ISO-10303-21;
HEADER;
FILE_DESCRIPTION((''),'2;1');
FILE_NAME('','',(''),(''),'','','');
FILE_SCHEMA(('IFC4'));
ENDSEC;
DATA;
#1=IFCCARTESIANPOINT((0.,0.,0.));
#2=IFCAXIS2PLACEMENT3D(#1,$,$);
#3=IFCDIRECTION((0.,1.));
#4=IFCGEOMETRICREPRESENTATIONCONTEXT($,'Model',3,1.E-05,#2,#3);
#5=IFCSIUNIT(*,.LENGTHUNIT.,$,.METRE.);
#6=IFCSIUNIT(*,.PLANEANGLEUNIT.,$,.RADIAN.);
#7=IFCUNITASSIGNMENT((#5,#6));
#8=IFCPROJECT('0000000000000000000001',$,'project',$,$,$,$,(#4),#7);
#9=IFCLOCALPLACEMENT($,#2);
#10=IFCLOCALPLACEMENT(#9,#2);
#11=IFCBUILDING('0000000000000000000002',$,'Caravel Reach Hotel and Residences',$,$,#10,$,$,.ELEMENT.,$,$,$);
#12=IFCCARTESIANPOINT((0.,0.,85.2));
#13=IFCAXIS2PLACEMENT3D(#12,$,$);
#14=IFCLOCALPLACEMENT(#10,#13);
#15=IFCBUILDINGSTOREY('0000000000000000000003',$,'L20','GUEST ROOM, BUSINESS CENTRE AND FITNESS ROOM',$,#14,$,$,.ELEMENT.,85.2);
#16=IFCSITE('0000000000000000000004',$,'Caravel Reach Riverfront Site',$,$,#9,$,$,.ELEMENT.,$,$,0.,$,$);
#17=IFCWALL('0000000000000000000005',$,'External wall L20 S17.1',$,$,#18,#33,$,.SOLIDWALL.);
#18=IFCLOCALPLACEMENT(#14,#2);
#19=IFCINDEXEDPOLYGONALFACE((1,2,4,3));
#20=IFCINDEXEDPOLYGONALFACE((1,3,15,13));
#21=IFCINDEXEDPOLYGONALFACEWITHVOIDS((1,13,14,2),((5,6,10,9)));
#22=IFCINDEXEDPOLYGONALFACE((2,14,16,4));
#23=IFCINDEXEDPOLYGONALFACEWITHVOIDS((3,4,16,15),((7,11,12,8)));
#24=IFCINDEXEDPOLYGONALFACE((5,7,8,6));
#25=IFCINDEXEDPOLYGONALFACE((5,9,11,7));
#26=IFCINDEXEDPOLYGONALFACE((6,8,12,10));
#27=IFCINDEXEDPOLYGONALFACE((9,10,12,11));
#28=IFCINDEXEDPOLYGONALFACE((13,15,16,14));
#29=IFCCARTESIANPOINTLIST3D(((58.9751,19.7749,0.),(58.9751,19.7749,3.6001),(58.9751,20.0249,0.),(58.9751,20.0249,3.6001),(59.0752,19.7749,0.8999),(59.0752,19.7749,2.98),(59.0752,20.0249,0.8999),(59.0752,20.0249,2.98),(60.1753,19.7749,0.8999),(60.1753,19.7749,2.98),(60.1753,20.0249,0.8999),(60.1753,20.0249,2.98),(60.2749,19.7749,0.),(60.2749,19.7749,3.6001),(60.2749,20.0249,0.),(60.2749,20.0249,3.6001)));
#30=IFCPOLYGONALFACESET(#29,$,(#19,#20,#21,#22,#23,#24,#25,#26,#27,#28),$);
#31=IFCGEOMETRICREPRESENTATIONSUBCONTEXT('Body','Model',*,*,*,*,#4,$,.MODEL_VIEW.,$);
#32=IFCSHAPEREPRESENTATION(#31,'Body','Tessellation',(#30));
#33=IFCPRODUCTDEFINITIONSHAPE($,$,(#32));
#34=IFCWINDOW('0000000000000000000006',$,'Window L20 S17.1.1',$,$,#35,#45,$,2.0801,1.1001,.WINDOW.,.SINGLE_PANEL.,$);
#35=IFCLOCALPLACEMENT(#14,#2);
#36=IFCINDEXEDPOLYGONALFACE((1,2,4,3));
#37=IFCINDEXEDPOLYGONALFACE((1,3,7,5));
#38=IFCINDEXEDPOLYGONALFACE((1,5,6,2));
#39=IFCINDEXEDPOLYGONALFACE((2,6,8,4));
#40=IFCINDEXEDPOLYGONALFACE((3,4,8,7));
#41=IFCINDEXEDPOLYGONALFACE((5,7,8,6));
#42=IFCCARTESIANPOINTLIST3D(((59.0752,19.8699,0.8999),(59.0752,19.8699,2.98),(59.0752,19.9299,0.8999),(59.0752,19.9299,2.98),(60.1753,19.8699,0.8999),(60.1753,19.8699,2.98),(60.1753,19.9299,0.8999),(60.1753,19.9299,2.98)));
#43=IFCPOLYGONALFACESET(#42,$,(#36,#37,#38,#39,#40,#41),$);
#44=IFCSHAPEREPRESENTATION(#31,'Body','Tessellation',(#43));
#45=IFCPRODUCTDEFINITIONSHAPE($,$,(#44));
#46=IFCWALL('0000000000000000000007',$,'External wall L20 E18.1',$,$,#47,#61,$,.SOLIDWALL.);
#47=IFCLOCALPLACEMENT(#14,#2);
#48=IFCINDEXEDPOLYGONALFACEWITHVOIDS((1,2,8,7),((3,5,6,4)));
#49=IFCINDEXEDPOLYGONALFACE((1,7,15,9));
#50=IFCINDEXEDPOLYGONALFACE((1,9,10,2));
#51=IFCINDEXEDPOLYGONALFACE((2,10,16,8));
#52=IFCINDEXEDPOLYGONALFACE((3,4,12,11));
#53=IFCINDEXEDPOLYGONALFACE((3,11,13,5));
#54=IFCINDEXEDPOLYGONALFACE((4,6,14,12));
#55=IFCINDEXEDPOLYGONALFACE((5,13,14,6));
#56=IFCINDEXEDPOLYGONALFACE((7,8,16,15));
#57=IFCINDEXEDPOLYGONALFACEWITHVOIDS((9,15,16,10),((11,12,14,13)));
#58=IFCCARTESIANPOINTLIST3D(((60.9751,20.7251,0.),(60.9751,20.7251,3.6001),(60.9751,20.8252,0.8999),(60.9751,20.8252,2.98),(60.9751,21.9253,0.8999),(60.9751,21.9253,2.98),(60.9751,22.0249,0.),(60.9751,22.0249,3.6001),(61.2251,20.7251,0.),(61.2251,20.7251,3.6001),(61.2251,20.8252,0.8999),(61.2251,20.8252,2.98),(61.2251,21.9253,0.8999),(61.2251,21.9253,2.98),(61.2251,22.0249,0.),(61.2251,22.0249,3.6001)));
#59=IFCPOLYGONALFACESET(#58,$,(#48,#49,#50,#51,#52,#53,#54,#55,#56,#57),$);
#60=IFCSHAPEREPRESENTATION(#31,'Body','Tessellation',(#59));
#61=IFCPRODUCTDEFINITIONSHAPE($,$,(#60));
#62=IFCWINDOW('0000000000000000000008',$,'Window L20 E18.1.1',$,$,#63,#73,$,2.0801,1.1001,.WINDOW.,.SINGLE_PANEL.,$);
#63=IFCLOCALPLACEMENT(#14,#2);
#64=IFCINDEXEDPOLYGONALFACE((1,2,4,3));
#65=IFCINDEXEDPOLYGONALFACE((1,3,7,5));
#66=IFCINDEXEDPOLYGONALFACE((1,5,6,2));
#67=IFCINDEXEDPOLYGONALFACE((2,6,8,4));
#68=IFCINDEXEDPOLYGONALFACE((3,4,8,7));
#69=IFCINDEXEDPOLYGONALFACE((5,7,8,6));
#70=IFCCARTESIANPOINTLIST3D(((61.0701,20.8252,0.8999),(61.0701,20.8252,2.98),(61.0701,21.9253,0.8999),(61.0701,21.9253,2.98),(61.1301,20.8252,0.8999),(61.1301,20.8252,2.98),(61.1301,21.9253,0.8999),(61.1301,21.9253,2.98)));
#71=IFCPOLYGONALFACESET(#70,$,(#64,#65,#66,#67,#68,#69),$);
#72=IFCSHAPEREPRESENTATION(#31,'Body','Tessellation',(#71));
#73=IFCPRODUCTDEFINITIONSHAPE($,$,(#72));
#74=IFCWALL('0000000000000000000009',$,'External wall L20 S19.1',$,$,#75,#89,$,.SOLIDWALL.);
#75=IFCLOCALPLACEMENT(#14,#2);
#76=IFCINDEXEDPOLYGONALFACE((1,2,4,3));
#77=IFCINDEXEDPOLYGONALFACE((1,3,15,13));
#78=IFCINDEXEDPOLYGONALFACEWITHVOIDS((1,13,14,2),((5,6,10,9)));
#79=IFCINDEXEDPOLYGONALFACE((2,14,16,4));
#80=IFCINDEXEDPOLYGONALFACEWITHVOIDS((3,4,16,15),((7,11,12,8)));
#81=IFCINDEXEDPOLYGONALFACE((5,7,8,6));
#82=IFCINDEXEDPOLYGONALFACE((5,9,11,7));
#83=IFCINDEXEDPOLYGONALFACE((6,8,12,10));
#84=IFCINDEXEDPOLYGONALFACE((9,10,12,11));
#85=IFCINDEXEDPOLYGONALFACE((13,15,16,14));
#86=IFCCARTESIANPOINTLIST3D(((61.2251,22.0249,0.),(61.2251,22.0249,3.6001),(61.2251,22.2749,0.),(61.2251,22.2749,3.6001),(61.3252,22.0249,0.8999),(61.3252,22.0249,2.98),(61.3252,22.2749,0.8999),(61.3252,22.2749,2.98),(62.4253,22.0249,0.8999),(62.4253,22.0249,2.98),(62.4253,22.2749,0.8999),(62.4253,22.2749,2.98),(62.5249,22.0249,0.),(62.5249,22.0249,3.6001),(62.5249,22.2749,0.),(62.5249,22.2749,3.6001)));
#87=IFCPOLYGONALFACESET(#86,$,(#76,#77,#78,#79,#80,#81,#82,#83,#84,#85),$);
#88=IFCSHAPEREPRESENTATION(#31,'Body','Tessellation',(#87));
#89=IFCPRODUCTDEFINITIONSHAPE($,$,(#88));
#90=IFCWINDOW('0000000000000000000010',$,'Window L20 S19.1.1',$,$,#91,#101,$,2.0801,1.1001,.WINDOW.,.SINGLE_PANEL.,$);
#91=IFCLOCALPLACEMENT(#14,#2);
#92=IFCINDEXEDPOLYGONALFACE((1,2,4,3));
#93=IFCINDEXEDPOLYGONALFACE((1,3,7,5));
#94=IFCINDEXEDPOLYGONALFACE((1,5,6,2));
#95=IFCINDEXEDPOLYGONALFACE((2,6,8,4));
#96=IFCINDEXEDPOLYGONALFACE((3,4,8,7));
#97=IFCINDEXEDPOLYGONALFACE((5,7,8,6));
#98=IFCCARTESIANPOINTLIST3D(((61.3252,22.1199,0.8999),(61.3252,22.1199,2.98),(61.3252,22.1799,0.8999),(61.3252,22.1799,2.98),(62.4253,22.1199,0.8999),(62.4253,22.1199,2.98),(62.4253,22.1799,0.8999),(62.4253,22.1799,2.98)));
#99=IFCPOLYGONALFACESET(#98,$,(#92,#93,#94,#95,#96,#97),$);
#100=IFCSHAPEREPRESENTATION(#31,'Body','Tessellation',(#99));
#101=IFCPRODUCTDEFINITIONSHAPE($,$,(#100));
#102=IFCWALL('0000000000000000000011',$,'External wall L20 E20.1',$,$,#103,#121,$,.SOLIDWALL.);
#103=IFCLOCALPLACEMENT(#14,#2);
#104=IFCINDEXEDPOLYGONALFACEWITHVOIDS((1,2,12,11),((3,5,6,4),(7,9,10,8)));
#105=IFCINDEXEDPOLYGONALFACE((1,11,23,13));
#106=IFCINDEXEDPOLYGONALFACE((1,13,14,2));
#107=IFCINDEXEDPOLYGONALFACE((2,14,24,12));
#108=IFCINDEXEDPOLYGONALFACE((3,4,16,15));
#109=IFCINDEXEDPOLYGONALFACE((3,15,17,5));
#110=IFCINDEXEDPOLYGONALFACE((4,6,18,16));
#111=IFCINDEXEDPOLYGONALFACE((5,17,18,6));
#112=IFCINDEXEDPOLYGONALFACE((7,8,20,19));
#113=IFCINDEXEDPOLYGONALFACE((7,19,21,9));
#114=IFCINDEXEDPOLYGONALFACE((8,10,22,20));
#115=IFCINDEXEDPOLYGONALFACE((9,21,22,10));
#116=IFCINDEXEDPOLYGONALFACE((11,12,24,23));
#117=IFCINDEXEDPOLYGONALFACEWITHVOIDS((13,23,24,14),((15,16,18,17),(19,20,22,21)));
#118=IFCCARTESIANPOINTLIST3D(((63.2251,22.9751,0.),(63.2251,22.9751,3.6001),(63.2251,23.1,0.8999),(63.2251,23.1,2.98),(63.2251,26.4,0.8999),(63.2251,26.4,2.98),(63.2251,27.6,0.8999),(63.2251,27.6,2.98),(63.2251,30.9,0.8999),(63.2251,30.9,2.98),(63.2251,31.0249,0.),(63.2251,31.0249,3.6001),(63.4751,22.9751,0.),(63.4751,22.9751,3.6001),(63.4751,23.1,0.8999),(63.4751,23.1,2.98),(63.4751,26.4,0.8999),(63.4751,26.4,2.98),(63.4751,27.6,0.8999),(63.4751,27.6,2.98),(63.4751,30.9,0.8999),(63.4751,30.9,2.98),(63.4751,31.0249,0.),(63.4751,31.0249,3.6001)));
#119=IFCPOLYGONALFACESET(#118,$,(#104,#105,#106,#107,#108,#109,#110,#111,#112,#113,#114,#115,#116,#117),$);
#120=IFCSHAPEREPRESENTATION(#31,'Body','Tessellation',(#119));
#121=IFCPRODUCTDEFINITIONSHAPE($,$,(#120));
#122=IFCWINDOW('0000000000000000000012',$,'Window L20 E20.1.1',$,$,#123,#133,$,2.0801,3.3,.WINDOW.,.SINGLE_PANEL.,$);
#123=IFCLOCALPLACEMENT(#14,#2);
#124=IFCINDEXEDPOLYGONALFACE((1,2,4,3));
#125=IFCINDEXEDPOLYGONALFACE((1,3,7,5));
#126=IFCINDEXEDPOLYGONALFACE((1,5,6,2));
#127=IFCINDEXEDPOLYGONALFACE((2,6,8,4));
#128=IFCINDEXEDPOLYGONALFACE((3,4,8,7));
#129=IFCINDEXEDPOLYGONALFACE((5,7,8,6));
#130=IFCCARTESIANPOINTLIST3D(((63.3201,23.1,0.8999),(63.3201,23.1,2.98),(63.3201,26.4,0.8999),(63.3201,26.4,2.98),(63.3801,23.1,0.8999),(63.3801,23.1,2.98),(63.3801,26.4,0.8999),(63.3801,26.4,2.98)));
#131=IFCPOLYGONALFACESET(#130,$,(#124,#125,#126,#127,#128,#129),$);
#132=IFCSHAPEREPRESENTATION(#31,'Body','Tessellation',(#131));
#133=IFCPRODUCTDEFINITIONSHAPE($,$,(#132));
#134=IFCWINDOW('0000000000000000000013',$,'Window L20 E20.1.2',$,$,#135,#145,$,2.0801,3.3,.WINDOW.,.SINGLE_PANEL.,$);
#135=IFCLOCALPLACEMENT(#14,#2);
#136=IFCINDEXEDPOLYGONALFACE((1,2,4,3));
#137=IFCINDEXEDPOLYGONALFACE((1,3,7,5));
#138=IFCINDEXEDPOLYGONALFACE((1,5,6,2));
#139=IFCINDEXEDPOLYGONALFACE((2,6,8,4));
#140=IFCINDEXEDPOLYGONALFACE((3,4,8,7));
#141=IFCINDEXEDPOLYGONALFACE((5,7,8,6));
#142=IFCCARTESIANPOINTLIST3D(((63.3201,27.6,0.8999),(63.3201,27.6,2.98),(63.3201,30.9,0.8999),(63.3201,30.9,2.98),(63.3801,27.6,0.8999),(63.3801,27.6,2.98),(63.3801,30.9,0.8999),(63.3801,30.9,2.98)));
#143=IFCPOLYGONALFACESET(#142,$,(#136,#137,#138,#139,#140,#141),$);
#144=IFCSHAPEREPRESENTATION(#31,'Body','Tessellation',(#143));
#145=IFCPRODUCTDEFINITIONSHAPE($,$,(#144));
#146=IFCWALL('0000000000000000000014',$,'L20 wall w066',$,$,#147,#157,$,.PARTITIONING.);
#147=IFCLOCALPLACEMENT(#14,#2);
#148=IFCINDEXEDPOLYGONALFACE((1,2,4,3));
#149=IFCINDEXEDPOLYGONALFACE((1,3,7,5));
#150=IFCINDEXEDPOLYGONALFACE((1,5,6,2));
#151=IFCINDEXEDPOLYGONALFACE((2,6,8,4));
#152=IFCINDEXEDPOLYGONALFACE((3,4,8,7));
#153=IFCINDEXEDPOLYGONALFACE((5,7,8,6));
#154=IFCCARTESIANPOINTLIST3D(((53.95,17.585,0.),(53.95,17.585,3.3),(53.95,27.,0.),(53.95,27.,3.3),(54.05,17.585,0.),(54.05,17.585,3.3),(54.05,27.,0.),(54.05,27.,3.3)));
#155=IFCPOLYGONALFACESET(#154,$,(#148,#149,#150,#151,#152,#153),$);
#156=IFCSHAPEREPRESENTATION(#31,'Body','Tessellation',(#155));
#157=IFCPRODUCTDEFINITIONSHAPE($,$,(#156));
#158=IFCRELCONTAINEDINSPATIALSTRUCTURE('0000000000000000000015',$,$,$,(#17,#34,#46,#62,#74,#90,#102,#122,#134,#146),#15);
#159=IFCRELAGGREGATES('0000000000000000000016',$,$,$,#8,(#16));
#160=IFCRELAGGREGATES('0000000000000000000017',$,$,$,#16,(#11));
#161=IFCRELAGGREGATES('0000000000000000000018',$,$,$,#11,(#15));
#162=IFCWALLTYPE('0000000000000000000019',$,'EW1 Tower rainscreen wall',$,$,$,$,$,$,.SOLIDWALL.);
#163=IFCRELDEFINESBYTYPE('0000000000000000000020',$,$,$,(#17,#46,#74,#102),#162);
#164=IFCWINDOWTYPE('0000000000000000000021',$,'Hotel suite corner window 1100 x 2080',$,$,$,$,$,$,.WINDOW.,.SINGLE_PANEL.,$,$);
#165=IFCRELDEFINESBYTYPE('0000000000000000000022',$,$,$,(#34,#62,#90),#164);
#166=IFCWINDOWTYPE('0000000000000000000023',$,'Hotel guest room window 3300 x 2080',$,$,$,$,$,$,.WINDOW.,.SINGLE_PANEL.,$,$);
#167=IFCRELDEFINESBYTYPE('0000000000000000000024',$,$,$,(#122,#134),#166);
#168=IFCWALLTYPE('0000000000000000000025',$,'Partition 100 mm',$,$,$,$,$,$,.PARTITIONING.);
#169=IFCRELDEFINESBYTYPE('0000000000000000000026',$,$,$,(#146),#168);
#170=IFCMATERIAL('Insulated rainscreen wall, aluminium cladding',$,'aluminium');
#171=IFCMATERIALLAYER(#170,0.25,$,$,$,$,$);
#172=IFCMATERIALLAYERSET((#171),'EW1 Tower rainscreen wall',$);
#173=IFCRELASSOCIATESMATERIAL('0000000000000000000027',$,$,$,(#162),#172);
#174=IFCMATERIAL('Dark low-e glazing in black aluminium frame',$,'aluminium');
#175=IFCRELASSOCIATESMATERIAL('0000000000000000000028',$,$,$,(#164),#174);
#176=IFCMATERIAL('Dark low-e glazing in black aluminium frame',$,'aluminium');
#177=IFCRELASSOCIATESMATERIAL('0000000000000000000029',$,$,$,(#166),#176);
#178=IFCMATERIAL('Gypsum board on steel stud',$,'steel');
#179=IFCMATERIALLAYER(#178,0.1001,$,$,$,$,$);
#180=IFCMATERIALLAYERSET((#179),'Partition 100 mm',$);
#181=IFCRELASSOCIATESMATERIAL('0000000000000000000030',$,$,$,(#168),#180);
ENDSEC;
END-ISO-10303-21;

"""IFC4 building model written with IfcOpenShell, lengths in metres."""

from ifc_helpers import new_model, si_unit, direction, frame, frame_2d, origin, place, context, subcontext, project, spatial, rectangle, extrude, material, layer, layer_set, type_object, element, fill, save


model = new_model("IFC4")

# Units and contexts
model_context = context("Model", 3, precision=1e-05, world=origin(), true_north=direction((0.0, 1.0)))
body_context = subcontext(model_context, "Body", "Model", "MODEL_VIEW")
ifc_project = project(units=[si_unit("LENGTHUNIT", "METRE"), si_unit("PLANEANGLEUNIT", "RADIAN")], contexts=[model_context])

# Site, building, storey
site_placement = place(None, origin())
site = spatial("IfcSite", under=ifc_project, at=site_placement, Name="Caravel Reach Riverfront Site", CompositionType="ELEMENT", RefElevation=0.0)
building_placement = place(site_placement, origin())
building = spatial("IfcBuilding", under=site, at=building_placement, Name="Caravel Reach Hotel and Residences", CompositionType="ELEMENT")
storey_placement = place(building_placement, frame((0.0, 0.0, 85.2)))
storey = spatial("IfcBuildingStorey", under=building, at=storey_placement, Name="L20", Description="GUEST ROOM, BUSINESS CENTRE AND FITNESS ROOM", CompositionType="ELEMENT", Elevation=85.2)

# Walls, openings, windows
ifc_material_1 = material(Name="Insulated rainscreen wall, aluminium cladding", Category="aluminium")
ifc_layer_1 = layer(ifc_material_1, 0.25)
ifc_layer_set_1 = layer_set([ifc_layer_1], Name="EW1 Tower rainscreen wall")
wall_type_1 = type_object("IfcWallType", Name="EW1 Tower rainscreen wall", PredefinedType="SOLIDWALL", material=ifc_layer_set_1)
ifc_material_2 = material(Name="Dark low-e glazing in black aluminium frame", Category="aluminium")
window_type_1 = type_object("IfcWindowType", Name="Hotel suite corner window 1100 x 2080", PartitioningType="SINGLE_PANEL", PredefinedType="WINDOW", material=ifc_material_2)
wall_1_placement = place(storey_placement, frame((58.9751, 19.8999, 0.0), z_axis=(0.0, 0.0, 1.0), x_axis=(1.0, 0.0, 0.0)))
wall_1 = element("IfcWall", 1, at=wall_1_placement, inside=storey, type_object=wall_type_1, Name="External wall L20 S17.1", PredefinedType="SOLIDWALL", context=body_context, shape_type="SweptSolid", body=[
    extrude(rectangle(XDim=1.2998, YDim=0.25, at=frame_2d((0.6499, 0.0))), origin(), (0.0, 0.0, 1.0), 3.6001),
])
opening_1_placement = place(wall_1_placement, frame((0.1001, 0.0, 0.8999)))
opening_1 = element("IfcOpeningElement", 2, at=opening_1_placement, cuts=wall_1, PredefinedType="OPENING", context=body_context, shape_type="SweptSolid", body=[
    extrude(rectangle(XDim=1.1001, YDim=2.0801, at=frame_2d((0.55, 1.04))), frame((0.0, 0.135, 0.0), z_axis=(0.0, -1.0, 0.0), x_axis=(1.0, 0.0, 0.0)), (0.0, 0.0, 1.0), 0.27),
])
window_1_placement = place(opening_1_placement, origin())
window_1 = element("IfcWindow", 3, at=window_1_placement, inside=storey, type_object=window_type_1, Name="Window L20 S17.1.1", OverallHeight=2.0801, OverallWidth=1.1001, PartitioningType="SINGLE_PANEL", PredefinedType="WINDOW", context=body_context, shape_type="SweptSolid", body=[
    extrude(rectangle(XDim=1.1001, YDim=2.0801, at=frame_2d((0.55, 1.04))), frame((0.0, 0.03, 0.0), z_axis=(0.0, -1.0, 0.0), x_axis=(1.0, 0.0, 0.0)), (0.0, 0.0, 1.0), 0.0601),
])
fill(opening_1, window_1)
wall_2_placement = place(storey_placement, frame((61.1001, 20.7251, 0.0), z_axis=(0.0, 0.0, 1.0), x_axis=(0.0, 1.0, 0.0)))
wall_2 = element("IfcWall", 4, at=wall_2_placement, inside=storey, type_object=wall_type_1, Name="External wall L20 E18.1", PredefinedType="SOLIDWALL", context=body_context, shape_type="SweptSolid", body=[
    extrude(rectangle(XDim=1.2998, YDim=0.25, at=frame_2d((0.6499, 0.0))), origin(), (0.0, 0.0, 1.0), 3.6001),
])
opening_2_placement = place(wall_2_placement, frame((0.1001, 0.0, 0.8999)))
opening_2 = element("IfcOpeningElement", 5, at=opening_2_placement, cuts=wall_2, PredefinedType="OPENING", context=body_context, shape_type="SweptSolid", body=[
    extrude(rectangle(XDim=1.1001, YDim=2.0801, at=frame_2d((0.55, 1.04))), frame((0.0, 0.135, 0.0), z_axis=(0.0, -1.0, 0.0), x_axis=(1.0, 0.0, 0.0)), (0.0, 0.0, 1.0), 0.27),
])
window_2_placement = place(opening_2_placement, origin())
window_2 = element("IfcWindow", 6, at=window_2_placement, inside=storey, type_object=window_type_1, Name="Window L20 E18.1.1", OverallHeight=2.0801, OverallWidth=1.1001, PartitioningType="SINGLE_PANEL", PredefinedType="WINDOW", context=body_context, shape_type="SweptSolid", body=[
    extrude(rectangle(XDim=1.1001, YDim=2.0801, at=frame_2d((0.55, 1.04))), frame((0.0, 0.03, 0.0), z_axis=(0.0, -1.0, 0.0), x_axis=(1.0, 0.0, 0.0)), (0.0, 0.0, 1.0), 0.0601),
])
fill(opening_2, window_2)
wall_3_placement = place(storey_placement, frame((61.2251, 22.1499, 0.0), z_axis=(0.0, 0.0, 1.0), x_axis=(1.0, 0.0, 0.0)))
wall_3 = element("IfcWall", 7, at=wall_3_placement, inside=storey, type_object=wall_type_1, Name="External wall L20 S19.1", PredefinedType="SOLIDWALL", context=body_context, shape_type="SweptSolid", body=[
    extrude(rectangle(XDim=1.2998, YDim=0.25, at=frame_2d((0.6499, 0.0))), origin(), (0.0, 0.0, 1.0), 3.6001),
])
opening_3_placement = place(wall_3_placement, frame((0.1001, 0.0, 0.8999)))
opening_3 = element("IfcOpeningElement", 8, at=opening_3_placement, cuts=wall_3, PredefinedType="OPENING", context=body_context, shape_type="SweptSolid", body=[
    extrude(rectangle(XDim=1.1001, YDim=2.0801, at=frame_2d((0.55, 1.04))), frame((0.0, 0.135, 0.0), z_axis=(0.0, -1.0, 0.0), x_axis=(1.0, 0.0, 0.0)), (0.0, 0.0, 1.0), 0.27),
])
window_3_placement = place(opening_3_placement, origin())
window_3 = element("IfcWindow", 9, at=window_3_placement, inside=storey, type_object=window_type_1, Name="Window L20 S19.1.1", OverallHeight=2.0801, OverallWidth=1.1001, PartitioningType="SINGLE_PANEL", PredefinedType="WINDOW", context=body_context, shape_type="SweptSolid", body=[
    extrude(rectangle(XDim=1.1001, YDim=2.0801, at=frame_2d((0.55, 1.04))), frame((0.0, 0.03, 0.0), z_axis=(0.0, -1.0, 0.0), x_axis=(1.0, 0.0, 0.0)), (0.0, 0.0, 1.0), 0.0601),
])
fill(opening_3, window_3)

# Wall, openings, windows
wall_4_placement = place(storey_placement, frame((63.3501, 22.9751, 0.0), z_axis=(0.0, 0.0, 1.0), x_axis=(0.0, 1.0, 0.0)))
wall_4 = element("IfcWall", 10, at=wall_4_placement, inside=storey, type_object=wall_type_1, Name="External wall L20 E20.1", PredefinedType="SOLIDWALL", context=body_context, shape_type="SweptSolid", body=[
    extrude(rectangle(XDim=8.0498, YDim=0.25, at=frame_2d((4.0249, 0.0))), origin(), (0.0, 0.0, 1.0), 3.6001),
])
opening_4_placement = place(wall_4_placement, frame((0.125, 0.0, 0.8999)))
opening_4 = element("IfcOpeningElement", 11, at=opening_4_placement, cuts=wall_4, PredefinedType="OPENING", context=body_context, shape_type="SweptSolid", body=[
    extrude(rectangle(XDim=3.3, YDim=2.0801, at=frame_2d((1.6499, 1.04))), frame((0.0, 0.135, 0.0), z_axis=(0.0, -1.0, 0.0), x_axis=(1.0, 0.0, 0.0)), (0.0, 0.0, 1.0), 0.27),
])
opening_5_placement = place(wall_4_placement, frame((4.625, 0.0, 0.8999)))
opening_5 = element("IfcOpeningElement", 12, at=opening_5_placement, cuts=wall_4, PredefinedType="OPENING", context=body_context, shape_type="SweptSolid", body=[
    extrude(rectangle(XDim=3.3, YDim=2.0801, at=frame_2d((1.6499, 1.04))), frame((0.0, 0.135, 0.0), z_axis=(0.0, -1.0, 0.0), x_axis=(1.0, 0.0, 0.0)), (0.0, 0.0, 1.0), 0.27),
])
ifc_material_3 = material(Name="Dark low-e glazing in black aluminium frame", Category="aluminium")
window_type_2 = type_object("IfcWindowType", Name="Hotel guest room window 3300 x 2080", PartitioningType="SINGLE_PANEL", PredefinedType="WINDOW", material=ifc_material_3)
window_4_placement = place(opening_4_placement, origin())
window_4 = element("IfcWindow", 13, at=window_4_placement, inside=storey, type_object=window_type_2, Name="Window L20 E20.1.1", OverallHeight=2.0801, OverallWidth=3.3, PartitioningType="SINGLE_PANEL", PredefinedType="WINDOW", context=body_context, shape_type="SweptSolid", body=[
    extrude(rectangle(XDim=3.3, YDim=2.0801, at=frame_2d((1.6499, 1.04))), frame((0.0, 0.03, 0.0), z_axis=(0.0, -1.0, 0.0), x_axis=(1.0, 0.0, 0.0)), (0.0, 0.0, 1.0), 0.0601),
])
fill(opening_4, window_4)
window_5_placement = place(opening_5_placement, origin())
window_5 = element("IfcWindow", 14, at=window_5_placement, inside=storey, type_object=window_type_2, Name="Window L20 E20.1.2", OverallHeight=2.0801, OverallWidth=3.3, PartitioningType="SINGLE_PANEL", PredefinedType="WINDOW", context=body_context, shape_type="SweptSolid", body=[
    extrude(rectangle(XDim=3.3, YDim=2.0801, at=frame_2d((1.6499, 1.04))), frame((0.0, 0.03, 0.0), z_axis=(0.0, -1.0, 0.0), x_axis=(1.0, 0.0, 0.0)), (0.0, 0.0, 1.0), 0.0601),
])
fill(opening_5, window_5)

# Wall
ifc_material_4 = material(Name="Gypsum board on steel stud", Category="steel")
ifc_layer_2 = layer(ifc_material_4, 0.1001)
ifc_layer_set_2 = layer_set([ifc_layer_2], Name="Partition 100 mm")
wall_type_2 = type_object("IfcWallType", Name="Partition 100 mm", PredefinedType="PARTITIONING", material=ifc_layer_set_2)
wall_5_placement = place(storey_placement, frame((54.0, 17.585, 0.0), z_axis=(0.0, 0.0, 1.0), x_axis=(0.0, 1.0, 0.0)))
element("IfcWall", 15, at=wall_5_placement, inside=storey, type_object=wall_type_2, Name="L20 wall w066", PredefinedType="PARTITIONING", context=body_context, shape_type="SweptSolid", body=[
    extrude(rectangle(XDim=9.415, YDim=0.1001, at=frame_2d((4.7075, 0.0))), origin(), (0.0, 0.0, 1.0), 3.3),
])

save(model, "model.ifc")
